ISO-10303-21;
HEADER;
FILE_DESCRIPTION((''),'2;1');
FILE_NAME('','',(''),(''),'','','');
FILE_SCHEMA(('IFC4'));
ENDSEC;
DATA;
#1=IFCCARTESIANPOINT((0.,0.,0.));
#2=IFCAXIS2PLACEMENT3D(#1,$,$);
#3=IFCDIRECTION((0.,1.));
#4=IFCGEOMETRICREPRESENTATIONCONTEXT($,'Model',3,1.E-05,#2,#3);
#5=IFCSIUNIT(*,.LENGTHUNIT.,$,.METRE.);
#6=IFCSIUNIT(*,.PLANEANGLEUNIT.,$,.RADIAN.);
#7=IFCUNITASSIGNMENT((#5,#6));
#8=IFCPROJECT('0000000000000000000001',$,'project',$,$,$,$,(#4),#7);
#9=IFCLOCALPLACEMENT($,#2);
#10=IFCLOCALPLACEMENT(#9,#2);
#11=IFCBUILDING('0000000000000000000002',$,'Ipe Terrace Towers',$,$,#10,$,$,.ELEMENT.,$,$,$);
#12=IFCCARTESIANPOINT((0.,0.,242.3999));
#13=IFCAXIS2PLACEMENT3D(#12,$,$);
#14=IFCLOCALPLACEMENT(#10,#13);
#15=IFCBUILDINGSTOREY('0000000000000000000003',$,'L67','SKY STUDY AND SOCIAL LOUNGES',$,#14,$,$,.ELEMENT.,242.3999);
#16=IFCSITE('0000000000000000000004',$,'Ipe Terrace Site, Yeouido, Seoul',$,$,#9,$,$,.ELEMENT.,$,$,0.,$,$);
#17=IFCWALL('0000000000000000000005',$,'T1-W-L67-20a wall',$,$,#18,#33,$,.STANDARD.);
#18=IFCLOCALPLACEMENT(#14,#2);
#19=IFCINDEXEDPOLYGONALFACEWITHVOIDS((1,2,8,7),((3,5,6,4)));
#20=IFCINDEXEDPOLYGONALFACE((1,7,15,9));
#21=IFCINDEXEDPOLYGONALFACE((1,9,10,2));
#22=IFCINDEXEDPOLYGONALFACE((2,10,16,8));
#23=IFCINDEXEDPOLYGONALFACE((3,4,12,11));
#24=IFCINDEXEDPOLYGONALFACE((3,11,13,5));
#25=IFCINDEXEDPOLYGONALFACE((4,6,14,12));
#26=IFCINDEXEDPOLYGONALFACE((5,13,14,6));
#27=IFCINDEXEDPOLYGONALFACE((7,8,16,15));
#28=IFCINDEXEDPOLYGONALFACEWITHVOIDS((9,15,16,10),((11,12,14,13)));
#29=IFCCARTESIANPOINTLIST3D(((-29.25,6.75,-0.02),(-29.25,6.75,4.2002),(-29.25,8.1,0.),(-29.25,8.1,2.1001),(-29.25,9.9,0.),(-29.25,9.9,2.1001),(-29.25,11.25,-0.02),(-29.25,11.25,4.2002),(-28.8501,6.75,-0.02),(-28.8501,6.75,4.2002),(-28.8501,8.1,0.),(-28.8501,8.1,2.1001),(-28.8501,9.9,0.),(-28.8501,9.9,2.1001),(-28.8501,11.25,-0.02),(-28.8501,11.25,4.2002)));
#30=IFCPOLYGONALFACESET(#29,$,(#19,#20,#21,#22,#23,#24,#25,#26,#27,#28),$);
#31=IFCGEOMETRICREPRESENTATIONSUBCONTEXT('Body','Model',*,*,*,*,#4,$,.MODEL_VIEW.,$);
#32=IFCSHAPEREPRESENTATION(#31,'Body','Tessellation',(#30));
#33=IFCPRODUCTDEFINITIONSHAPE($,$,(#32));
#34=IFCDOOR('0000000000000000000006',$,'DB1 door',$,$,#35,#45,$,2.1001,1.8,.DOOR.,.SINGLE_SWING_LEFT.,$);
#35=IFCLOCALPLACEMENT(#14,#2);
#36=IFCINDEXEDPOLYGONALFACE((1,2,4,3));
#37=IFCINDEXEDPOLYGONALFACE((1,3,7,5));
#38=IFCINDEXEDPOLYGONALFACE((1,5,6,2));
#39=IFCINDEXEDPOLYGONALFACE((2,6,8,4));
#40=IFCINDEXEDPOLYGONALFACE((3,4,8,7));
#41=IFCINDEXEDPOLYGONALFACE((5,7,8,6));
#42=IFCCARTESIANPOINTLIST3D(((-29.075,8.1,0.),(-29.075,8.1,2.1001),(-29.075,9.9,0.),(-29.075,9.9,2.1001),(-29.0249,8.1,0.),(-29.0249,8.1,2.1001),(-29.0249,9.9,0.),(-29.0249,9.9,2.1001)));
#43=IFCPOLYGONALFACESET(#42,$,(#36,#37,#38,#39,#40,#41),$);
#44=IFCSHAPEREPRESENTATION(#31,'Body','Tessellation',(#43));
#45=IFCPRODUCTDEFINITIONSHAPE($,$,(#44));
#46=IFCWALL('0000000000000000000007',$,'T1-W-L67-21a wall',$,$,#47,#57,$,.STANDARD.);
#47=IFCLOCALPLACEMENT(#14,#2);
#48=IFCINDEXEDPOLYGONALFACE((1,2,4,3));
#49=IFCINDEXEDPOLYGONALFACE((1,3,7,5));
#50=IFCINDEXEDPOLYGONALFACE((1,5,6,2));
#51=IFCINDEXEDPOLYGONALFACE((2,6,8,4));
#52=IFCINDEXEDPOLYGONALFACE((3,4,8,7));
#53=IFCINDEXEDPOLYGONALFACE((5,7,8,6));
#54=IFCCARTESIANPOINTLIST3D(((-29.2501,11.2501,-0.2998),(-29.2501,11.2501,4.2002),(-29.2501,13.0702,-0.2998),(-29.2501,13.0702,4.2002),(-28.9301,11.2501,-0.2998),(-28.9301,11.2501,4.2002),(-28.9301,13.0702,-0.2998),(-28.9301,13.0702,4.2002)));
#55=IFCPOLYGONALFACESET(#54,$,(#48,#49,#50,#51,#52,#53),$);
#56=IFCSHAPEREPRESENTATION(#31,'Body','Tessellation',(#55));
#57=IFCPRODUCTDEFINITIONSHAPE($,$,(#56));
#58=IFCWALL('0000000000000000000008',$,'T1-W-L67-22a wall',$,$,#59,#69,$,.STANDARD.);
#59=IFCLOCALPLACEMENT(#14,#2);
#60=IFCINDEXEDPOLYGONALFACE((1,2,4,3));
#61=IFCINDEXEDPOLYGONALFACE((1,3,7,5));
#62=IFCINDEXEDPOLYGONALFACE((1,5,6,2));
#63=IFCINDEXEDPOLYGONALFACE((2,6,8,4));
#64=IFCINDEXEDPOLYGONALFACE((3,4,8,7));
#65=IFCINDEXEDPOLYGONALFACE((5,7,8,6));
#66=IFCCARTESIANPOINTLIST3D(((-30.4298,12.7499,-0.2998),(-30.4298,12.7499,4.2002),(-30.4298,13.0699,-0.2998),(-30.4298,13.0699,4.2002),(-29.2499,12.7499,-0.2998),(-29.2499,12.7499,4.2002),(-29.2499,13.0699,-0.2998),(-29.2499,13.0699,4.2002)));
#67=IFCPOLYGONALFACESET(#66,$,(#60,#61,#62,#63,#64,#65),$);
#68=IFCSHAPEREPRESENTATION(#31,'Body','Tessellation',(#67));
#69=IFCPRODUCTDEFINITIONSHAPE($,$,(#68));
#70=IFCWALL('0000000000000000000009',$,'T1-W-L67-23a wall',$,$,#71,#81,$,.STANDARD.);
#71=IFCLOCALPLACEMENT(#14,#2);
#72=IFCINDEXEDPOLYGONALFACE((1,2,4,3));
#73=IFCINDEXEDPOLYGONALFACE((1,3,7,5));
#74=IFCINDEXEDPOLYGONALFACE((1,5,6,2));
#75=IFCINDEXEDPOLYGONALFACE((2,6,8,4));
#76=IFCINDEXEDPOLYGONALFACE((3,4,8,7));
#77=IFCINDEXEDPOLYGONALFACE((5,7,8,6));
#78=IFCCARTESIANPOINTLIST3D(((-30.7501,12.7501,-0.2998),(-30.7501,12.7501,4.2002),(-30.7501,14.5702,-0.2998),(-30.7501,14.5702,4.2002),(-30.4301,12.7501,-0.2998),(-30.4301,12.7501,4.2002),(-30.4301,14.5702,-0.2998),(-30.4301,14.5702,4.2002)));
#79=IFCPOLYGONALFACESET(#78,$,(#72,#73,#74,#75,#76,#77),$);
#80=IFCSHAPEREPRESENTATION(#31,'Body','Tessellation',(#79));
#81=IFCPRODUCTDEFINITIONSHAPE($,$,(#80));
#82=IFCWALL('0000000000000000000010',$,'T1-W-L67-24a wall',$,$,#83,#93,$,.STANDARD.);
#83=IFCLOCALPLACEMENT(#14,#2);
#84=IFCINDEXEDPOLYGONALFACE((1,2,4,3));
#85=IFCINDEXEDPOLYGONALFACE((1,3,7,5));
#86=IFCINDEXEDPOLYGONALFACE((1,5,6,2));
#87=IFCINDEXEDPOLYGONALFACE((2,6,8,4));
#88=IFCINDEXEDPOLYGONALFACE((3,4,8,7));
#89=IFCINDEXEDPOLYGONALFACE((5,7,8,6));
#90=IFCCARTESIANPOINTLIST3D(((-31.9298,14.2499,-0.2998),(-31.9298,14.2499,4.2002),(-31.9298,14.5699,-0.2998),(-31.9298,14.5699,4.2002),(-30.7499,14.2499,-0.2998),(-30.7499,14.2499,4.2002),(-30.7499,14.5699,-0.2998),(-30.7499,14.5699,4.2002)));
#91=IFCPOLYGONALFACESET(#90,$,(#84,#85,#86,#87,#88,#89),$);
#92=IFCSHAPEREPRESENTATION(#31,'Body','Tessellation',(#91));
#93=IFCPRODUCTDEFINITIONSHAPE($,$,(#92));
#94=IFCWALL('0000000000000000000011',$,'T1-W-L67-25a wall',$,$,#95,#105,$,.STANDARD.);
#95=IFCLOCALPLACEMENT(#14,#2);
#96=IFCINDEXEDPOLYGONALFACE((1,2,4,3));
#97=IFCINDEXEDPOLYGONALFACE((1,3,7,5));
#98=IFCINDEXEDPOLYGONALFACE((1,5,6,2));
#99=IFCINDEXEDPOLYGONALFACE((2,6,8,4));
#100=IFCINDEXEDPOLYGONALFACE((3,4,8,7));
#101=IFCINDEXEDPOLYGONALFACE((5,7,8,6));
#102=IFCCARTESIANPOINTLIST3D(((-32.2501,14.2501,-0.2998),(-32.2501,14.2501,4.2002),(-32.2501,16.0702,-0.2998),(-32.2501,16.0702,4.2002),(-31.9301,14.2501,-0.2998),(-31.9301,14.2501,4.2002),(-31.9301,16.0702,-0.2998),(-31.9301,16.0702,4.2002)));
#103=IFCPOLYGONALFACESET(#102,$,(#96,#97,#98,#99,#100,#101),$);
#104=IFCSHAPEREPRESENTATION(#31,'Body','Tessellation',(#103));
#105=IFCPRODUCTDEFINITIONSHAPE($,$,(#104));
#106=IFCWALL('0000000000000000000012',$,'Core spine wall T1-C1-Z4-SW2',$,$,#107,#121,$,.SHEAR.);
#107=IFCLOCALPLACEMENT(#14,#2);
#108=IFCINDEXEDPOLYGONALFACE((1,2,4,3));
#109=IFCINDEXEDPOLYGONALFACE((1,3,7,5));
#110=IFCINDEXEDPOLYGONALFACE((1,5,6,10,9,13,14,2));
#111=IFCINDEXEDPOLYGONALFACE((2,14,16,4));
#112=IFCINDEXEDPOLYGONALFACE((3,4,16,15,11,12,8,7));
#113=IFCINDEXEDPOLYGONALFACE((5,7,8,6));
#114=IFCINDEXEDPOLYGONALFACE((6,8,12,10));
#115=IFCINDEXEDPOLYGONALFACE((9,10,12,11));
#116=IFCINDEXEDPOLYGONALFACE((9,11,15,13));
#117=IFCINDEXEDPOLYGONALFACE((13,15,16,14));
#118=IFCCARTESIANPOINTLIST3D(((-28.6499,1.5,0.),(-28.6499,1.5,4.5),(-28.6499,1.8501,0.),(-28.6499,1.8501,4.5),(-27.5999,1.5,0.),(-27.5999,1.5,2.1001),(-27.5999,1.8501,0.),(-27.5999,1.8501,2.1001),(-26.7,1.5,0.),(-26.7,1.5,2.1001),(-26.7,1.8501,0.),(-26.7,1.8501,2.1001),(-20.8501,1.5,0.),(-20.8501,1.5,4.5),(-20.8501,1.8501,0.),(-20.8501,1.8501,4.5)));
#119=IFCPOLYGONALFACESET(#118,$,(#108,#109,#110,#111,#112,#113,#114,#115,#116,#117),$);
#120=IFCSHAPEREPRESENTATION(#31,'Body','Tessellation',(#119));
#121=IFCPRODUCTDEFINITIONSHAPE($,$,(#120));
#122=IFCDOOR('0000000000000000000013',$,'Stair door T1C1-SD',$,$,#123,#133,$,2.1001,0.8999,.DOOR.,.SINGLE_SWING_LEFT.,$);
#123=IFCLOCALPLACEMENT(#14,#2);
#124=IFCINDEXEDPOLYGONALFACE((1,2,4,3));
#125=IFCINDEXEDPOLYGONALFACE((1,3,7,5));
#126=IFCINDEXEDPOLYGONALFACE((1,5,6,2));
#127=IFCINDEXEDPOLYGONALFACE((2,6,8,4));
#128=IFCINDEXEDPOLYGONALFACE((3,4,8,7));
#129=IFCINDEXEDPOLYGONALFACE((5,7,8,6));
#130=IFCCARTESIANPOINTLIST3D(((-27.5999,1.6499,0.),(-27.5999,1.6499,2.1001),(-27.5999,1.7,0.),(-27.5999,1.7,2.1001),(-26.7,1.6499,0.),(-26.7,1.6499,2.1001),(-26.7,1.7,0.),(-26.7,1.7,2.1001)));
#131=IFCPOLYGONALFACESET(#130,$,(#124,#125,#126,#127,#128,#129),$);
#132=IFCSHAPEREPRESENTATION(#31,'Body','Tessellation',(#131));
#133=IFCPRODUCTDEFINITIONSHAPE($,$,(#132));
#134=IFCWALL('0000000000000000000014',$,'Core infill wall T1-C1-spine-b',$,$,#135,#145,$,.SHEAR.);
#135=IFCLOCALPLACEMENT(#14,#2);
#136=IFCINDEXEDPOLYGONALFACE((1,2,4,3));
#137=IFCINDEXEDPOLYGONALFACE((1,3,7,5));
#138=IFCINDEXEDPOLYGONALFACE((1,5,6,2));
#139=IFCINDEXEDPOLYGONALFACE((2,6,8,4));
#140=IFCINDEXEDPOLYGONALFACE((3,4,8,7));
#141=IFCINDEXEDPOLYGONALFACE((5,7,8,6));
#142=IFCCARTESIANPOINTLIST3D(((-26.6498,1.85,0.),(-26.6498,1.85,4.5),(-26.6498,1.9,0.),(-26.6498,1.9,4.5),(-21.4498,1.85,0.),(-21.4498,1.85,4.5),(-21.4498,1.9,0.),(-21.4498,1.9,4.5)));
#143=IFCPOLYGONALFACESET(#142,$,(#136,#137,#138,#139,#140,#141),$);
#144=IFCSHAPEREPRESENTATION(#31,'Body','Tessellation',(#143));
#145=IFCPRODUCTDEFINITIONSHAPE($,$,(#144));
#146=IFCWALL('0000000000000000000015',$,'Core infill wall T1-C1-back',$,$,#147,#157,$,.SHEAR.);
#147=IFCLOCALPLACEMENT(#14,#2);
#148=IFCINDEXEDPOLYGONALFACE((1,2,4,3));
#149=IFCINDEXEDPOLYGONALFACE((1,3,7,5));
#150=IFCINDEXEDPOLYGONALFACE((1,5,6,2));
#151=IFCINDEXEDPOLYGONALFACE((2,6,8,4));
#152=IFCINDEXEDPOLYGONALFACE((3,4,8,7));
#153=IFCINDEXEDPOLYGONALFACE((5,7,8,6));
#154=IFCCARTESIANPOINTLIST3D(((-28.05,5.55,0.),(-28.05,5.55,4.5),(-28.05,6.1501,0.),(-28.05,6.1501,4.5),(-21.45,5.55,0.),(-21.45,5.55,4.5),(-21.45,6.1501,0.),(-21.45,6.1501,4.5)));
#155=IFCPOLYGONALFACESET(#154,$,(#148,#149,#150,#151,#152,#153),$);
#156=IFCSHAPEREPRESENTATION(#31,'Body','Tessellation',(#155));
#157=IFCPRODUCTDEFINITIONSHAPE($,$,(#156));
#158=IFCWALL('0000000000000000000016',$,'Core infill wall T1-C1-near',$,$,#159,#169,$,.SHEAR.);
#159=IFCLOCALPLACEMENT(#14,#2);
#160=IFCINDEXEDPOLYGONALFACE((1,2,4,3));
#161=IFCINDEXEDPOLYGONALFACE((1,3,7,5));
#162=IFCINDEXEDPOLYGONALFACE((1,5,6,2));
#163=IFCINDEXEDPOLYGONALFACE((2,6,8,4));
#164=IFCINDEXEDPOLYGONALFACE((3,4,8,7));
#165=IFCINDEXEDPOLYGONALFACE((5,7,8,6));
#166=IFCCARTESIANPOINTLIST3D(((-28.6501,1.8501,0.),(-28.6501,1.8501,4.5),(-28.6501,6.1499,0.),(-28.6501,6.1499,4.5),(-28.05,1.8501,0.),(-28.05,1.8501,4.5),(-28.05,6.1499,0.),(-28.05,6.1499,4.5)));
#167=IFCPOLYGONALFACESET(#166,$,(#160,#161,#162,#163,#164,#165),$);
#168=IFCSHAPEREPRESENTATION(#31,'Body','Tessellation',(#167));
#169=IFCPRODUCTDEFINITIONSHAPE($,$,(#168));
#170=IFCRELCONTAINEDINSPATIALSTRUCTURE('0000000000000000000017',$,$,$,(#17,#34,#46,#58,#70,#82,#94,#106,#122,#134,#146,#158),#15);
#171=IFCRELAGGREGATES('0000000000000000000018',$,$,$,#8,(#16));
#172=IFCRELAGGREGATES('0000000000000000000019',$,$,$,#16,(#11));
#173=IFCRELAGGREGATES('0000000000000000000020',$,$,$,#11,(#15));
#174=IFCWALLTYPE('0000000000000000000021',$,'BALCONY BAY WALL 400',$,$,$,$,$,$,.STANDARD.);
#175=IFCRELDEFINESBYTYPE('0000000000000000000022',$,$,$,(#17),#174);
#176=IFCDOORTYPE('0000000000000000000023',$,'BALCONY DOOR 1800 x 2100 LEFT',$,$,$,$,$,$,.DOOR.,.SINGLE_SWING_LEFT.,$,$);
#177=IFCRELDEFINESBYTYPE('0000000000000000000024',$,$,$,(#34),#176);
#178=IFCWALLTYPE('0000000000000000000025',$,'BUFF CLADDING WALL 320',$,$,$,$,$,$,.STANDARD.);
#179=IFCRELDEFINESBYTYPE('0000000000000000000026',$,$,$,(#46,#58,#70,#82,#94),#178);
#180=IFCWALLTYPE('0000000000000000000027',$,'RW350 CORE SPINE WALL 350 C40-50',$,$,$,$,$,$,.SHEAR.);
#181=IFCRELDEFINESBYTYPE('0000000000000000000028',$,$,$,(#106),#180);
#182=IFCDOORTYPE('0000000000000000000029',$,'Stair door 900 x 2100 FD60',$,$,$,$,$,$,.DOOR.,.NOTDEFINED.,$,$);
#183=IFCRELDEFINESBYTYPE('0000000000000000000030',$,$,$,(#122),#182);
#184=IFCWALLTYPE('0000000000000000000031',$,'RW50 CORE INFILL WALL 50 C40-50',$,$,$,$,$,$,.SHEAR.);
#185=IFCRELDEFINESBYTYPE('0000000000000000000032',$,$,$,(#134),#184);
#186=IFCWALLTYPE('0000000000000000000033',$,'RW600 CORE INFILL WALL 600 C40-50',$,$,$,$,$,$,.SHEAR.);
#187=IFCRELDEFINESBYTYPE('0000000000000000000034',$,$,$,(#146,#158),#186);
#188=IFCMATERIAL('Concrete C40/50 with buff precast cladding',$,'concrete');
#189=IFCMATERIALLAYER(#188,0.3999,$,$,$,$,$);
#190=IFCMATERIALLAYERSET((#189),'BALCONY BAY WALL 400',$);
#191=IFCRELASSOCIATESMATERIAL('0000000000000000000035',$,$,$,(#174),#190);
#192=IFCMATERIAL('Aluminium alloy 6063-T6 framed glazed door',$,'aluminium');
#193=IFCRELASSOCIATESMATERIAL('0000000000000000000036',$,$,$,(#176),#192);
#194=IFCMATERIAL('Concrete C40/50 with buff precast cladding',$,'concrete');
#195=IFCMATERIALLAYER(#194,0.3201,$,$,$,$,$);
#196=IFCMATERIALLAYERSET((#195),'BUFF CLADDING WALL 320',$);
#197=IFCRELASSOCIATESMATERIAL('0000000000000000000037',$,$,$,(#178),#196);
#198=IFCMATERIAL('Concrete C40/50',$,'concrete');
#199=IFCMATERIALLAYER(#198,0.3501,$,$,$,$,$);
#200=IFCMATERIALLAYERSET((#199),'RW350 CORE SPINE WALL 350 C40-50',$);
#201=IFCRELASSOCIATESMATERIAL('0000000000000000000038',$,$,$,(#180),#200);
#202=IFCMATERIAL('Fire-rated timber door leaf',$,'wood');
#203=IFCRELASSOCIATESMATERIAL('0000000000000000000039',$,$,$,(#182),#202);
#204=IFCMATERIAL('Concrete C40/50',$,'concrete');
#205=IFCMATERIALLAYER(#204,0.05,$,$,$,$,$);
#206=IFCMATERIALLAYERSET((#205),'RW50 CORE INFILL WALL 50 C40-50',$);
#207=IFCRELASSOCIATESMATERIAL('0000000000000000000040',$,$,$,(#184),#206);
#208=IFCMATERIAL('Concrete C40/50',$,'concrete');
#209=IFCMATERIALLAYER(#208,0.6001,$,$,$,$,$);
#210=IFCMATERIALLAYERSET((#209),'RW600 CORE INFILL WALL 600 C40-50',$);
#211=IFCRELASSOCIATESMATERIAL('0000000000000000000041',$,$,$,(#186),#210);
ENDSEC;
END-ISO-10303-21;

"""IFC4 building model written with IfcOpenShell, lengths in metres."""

from ifc_helpers import new_model, si_unit, direction, frame, frame_2d, origin, place, context, subcontext, project, spatial, rectangle, extrude, material, layer, layer_set, type_object, element, fill, save


model = new_model("IFC4")

# Units and contexts
model_context = context("Model", 3, precision=1e-05, world=origin(), true_north=direction((0.0, 1.0)))
body_context = subcontext(model_context, "Body", "Model", "MODEL_VIEW")
ifc_project = project(units=[si_unit("LENGTHUNIT", "METRE"), si_unit("PLANEANGLEUNIT", "RADIAN")], contexts=[model_context])

# Site, building, storey
site_placement = place(None, origin())
site = spatial("IfcSite", under=ifc_project, at=site_placement, Name="Ipe Terrace Site, Yeouido, Seoul", CompositionType="ELEMENT", RefElevation=0.0)
building_placement = place(site_placement, origin())
building = spatial("IfcBuilding", under=site, at=building_placement, Name="Ipe Terrace Towers", CompositionType="ELEMENT")
storey_placement = place(building_placement, frame((0.0, 0.0, 242.3999)))
storey = spatial("IfcBuildingStorey", under=building, at=storey_placement, Name="L67", Description="SKY STUDY AND SOCIAL LOUNGES", CompositionType="ELEMENT", Elevation=242.3999)

# Wall, opening, door
ifc_material_1 = material(Name="Concrete C40/50 with buff precast cladding", Category="concrete")
ifc_layer_1 = layer(ifc_material_1, 0.3999)
ifc_layer_set_1 = layer_set([ifc_layer_1], Name="BALCONY BAY WALL 400")
wall_type_1 = type_object("IfcWallType", Name="BALCONY BAY WALL 400", PredefinedType="STANDARD", material=ifc_layer_set_1)
wall_1_placement = place(storey_placement, frame((-29.05, 6.75, -0.02), z_axis=(0.0, 0.0, 1.0), x_axis=(0.0, 1.0, 0.0)))
wall_1 = element("IfcWall", 1, at=wall_1_placement, inside=storey, type_object=wall_type_1, Name="T1-W-L67-20a wall", PredefinedType="STANDARD", context=body_context, shape_type="SweptSolid", body=[
    extrude(rectangle(XDim=4.5, YDim=0.3999, at=frame_2d((2.25, 0.0))), origin(), (0.0, 0.0, 1.0), 4.2202),
])
opening_1_placement = place(wall_1_placement, frame((1.3501, 0.0, 0.02)))
opening_1 = element("IfcOpeningElement", 2, at=opening_1_placement, cuts=wall_1, PredefinedType="OPENING", context=body_context, shape_type="SweptSolid", body=[
    extrude(rectangle(XDim=1.8, YDim=2.1001, at=frame_2d((0.8999, 1.05))), frame((0.0, 0.21, 0.0), z_axis=(0.0, -1.0, 0.0), x_axis=(1.0, 0.0, 0.0)), (0.0, 0.0, 1.0), 0.4199),
])
ifc_material_2 = material(Name="Aluminium alloy 6063-T6 framed glazed door", Category="aluminium")
door_type_1 = type_object("IfcDoorType", Name="BALCONY DOOR 1800 x 2100 LEFT", OperationType="SINGLE_SWING_LEFT", PredefinedType="DOOR", material=ifc_material_2)
door_1_placement = place(opening_1_placement, origin())
door_1 = element("IfcDoor", 3, at=door_1_placement, inside=storey, type_object=door_type_1, Name="DB1 door", OperationType="SINGLE_SWING_LEFT", OverallHeight=2.1001, OverallWidth=1.8, PredefinedType="DOOR", context=body_context, shape_type="SweptSolid", body=[
    extrude(rectangle(XDim=1.8, YDim=2.1001, at=frame_2d((0.8999, 1.05))), frame((0.0, 0.0249, 0.0), z_axis=(0.0, -1.0, 0.0), x_axis=(1.0, 0.0, 0.0)), (0.0, 0.0, 1.0), 0.05),
])
fill(opening_1, door_1)

# Walls
ifc_material_3 = material(Name="Concrete C40/50 with buff precast cladding", Category="concrete")
ifc_layer_2 = layer(ifc_material_3, 0.3201)
ifc_layer_set_2 = layer_set([ifc_layer_2], Name="BUFF CLADDING WALL 320")
wall_type_2 = type_object("IfcWallType", Name="BUFF CLADDING WALL 320", PredefinedType="STANDARD", material=ifc_layer_set_2)
wall_2_placement = place(storey_placement, frame((-29.0901, 11.25, -0.2998), z_axis=(0.0, 0.0, 1.0), x_axis=(0.0, 1.0, 0.0)))
element("IfcWall", 4, at=wall_2_placement, inside=storey, type_object=wall_type_2, Name="T1-W-L67-21a wall", PredefinedType="STANDARD", context=body_context, shape_type="SweptSolid", body=[
    extrude(rectangle(XDim=1.8201, YDim=0.3201, at=frame_2d((0.9102, 0.0))), origin(), (0.0, 0.0, 1.0), 4.5),
])
wall_3_placement = place(storey_placement, frame((-29.25, 12.9099, -0.2998), z_axis=(0.0, 0.0, 1.0), x_axis=(-1.0, 0.0, 0.0)))
element("IfcWall", 5, at=wall_3_placement, inside=storey, type_object=wall_type_2, Name="T1-W-L67-22a wall", PredefinedType="STANDARD", context=body_context, shape_type="SweptSolid", body=[
    extrude(rectangle(XDim=1.1799, YDim=0.3201, at=frame_2d((0.5898, 0.0))), origin(), (0.0, 0.0, 1.0), 4.5),
])
wall_4_placement = place(storey_placement, frame((-30.5901, 12.75, -0.2998), z_axis=(0.0, 0.0, 1.0), x_axis=(0.0, 1.0, 0.0)))
element("IfcWall", 6, at=wall_4_placement, inside=storey, type_object=wall_type_2, Name="T1-W-L67-23a wall", PredefinedType="STANDARD", context=body_context, shape_type="SweptSolid", body=[
    extrude(rectangle(XDim=1.8201, YDim=0.3201, at=frame_2d((0.9102, 0.0))), origin(), (0.0, 0.0, 1.0), 4.5),
])
wall_5_placement = place(storey_placement, frame((-30.75, 14.4099, -0.2998), z_axis=(0.0, 0.0, 1.0), x_axis=(-1.0, 0.0, 0.0)))
element("IfcWall", 7, at=wall_5_placement, inside=storey, type_object=wall_type_2, Name="T1-W-L67-24a wall", PredefinedType="STANDARD", context=body_context, shape_type="SweptSolid", body=[
    extrude(rectangle(XDim=1.1799, YDim=0.3201, at=frame_2d((0.5898, 0.0))), origin(), (0.0, 0.0, 1.0), 4.5),
])
wall_6_placement = place(storey_placement, frame((-32.0901, 14.25, -0.2998), z_axis=(0.0, 0.0, 1.0), x_axis=(0.0, 1.0, 0.0)))
element("IfcWall", 8, at=wall_6_placement, inside=storey, type_object=wall_type_2, Name="T1-W-L67-25a wall", PredefinedType="STANDARD", context=body_context, shape_type="SweptSolid", body=[
    extrude(rectangle(XDim=1.8201, YDim=0.3201, at=frame_2d((0.9102, 0.0))), origin(), (0.0, 0.0, 1.0), 4.5),
])

# Wall, opening, door
ifc_material_4 = material(Name="Concrete C40/50", Category="concrete")
ifc_layer_3 = layer(ifc_material_4, 0.3501)
ifc_layer_set_3 = layer_set([ifc_layer_3], Name="RW350 CORE SPINE WALL 350 C40-50")
wall_type_3 = type_object("IfcWallType", Name="RW350 CORE SPINE WALL 350 C40-50", PredefinedType="SHEAR", material=ifc_layer_set_3)
wall_7_placement = place(storey_placement, frame((-28.6499, 1.675, 0.0), z_axis=(0.0, 0.0, 1.0), x_axis=(1.0, 0.0, 0.0)))
wall_7 = element("IfcWall", 9, at=wall_7_placement, inside=storey, type_object=wall_type_3, Name="Core spine wall T1-C1-Z4-SW2", PredefinedType="SHEAR", context=body_context, shape_type="SweptSolid", body=[
    extrude(rectangle(XDim=7.7998, YDim=0.3501, at=frame_2d((3.8999, 0.0))), origin(), (0.0, 0.0, 1.0), 4.5),
])
opening_2_placement = place(wall_7_placement, frame((1.05, 0.0, 0.0)))
opening_2 = element("IfcOpeningElement", 10, at=opening_2_placement, cuts=wall_7, PredefinedType="OPENING", context=body_context, shape_type="SweptSolid", body=[
    extrude(rectangle(XDim=0.8999, YDim=2.1001, at=frame_2d((0.45, 1.05))), frame((0.0, 0.1851, 0.0), z_axis=(0.0, -1.0, 0.0), x_axis=(1.0, 0.0, 0.0)), (0.0, 0.0, 1.0), 0.3701),
])
ifc_material_5 = material(Name="Fire-rated timber door leaf", Category="wood")
door_type_2 = type_object("IfcDoorType", Name="Stair door 900 x 2100 FD60", OperationType="NOTDEFINED", PredefinedType="DOOR", material=ifc_material_5)
door_2_placement = place(opening_2_placement, origin())
door_2 = element("IfcDoor", 11, at=door_2_placement, inside=storey, type_object=door_type_2, Name="Stair door T1C1-SD", OperationType="SINGLE_SWING_LEFT", OverallHeight=2.1001, OverallWidth=0.8999, PredefinedType="DOOR", context=body_context, shape_type="SweptSolid", body=[
    extrude(rectangle(XDim=0.8999, YDim=2.1001, at=frame_2d((0.45, 1.05))), frame((0.0, 0.0249, 0.0), z_axis=(0.0, -1.0, 0.0), x_axis=(1.0, 0.0, 0.0)), (0.0, 0.0, 1.0), 0.05),
])
fill(opening_2, door_2)

# Walls
ifc_material_6 = material(Name="Concrete C40/50", Category="concrete")
ifc_layer_4 = layer(ifc_material_6, 0.05)
ifc_layer_set_4 = layer_set([ifc_layer_4], Name="RW50 CORE INFILL WALL 50 C40-50")
wall_type_4 = type_object("IfcWallType", Name="RW50 CORE INFILL WALL 50 C40-50", PredefinedType="SHEAR", material=ifc_layer_set_4)
wall_8_placement = place(storey_placement, frame((-26.6499, 1.875, 0.0), z_axis=(0.0, 0.0, 1.0), x_axis=(1.0, 0.0, 0.0)))
element("IfcWall", 12, at=wall_8_placement, inside=storey, type_object=wall_type_4, Name="Core infill wall T1-C1-spine-b", PredefinedType="SHEAR", context=body_context, shape_type="SweptSolid", body=[
    extrude(rectangle(XDim=5.2, YDim=0.05, at=frame_2d((2.6001, 0.0))), origin(), (0.0, 0.0, 1.0), 4.5),
])
ifc_material_7 = material(Name="Concrete C40/50", Category="concrete")
ifc_layer_5 = layer(ifc_material_7, 0.6001)
ifc_layer_set_5 = layer_set([ifc_layer_5], Name="RW600 CORE INFILL WALL 600 C40-50")
wall_type_5 = type_object("IfcWallType", Name="RW600 CORE INFILL WALL 600 C40-50", PredefinedType="SHEAR", material=ifc_layer_set_5)
wall_9_placement = place(storey_placement, frame((-28.05, 5.8501, 0.0), z_axis=(0.0, 0.0, 1.0), x_axis=(1.0, 0.0, 0.0)))
element("IfcWall", 13, at=wall_9_placement, inside=storey, type_object=wall_type_5, Name="Core infill wall T1-C1-back", PredefinedType="SHEAR", context=body_context, shape_type="SweptSolid", body=[
    extrude(rectangle(XDim=6.6001, YDim=0.6001, at=frame_2d((3.3, 0.0))), origin(), (0.0, 0.0, 1.0), 4.5),
])
wall_10_placement = place(storey_placement, frame((-28.3501, 1.8501, 0.0), z_axis=(0.0, 0.0, 1.0), x_axis=(0.0, 1.0, 0.0)))
element("IfcWall", 14, at=wall_10_placement, inside=storey, type_object=wall_type_5, Name="Core infill wall T1-C1-near", PredefinedType="SHEAR", context=body_context, shape_type="SweptSolid", body=[
    extrude(rectangle(XDim=4.2998, YDim=0.6001, at=frame_2d((2.1499, 0.0))), origin(), (0.0, 0.0, 1.0), 4.5),
])

save(model, "model.ifc")
